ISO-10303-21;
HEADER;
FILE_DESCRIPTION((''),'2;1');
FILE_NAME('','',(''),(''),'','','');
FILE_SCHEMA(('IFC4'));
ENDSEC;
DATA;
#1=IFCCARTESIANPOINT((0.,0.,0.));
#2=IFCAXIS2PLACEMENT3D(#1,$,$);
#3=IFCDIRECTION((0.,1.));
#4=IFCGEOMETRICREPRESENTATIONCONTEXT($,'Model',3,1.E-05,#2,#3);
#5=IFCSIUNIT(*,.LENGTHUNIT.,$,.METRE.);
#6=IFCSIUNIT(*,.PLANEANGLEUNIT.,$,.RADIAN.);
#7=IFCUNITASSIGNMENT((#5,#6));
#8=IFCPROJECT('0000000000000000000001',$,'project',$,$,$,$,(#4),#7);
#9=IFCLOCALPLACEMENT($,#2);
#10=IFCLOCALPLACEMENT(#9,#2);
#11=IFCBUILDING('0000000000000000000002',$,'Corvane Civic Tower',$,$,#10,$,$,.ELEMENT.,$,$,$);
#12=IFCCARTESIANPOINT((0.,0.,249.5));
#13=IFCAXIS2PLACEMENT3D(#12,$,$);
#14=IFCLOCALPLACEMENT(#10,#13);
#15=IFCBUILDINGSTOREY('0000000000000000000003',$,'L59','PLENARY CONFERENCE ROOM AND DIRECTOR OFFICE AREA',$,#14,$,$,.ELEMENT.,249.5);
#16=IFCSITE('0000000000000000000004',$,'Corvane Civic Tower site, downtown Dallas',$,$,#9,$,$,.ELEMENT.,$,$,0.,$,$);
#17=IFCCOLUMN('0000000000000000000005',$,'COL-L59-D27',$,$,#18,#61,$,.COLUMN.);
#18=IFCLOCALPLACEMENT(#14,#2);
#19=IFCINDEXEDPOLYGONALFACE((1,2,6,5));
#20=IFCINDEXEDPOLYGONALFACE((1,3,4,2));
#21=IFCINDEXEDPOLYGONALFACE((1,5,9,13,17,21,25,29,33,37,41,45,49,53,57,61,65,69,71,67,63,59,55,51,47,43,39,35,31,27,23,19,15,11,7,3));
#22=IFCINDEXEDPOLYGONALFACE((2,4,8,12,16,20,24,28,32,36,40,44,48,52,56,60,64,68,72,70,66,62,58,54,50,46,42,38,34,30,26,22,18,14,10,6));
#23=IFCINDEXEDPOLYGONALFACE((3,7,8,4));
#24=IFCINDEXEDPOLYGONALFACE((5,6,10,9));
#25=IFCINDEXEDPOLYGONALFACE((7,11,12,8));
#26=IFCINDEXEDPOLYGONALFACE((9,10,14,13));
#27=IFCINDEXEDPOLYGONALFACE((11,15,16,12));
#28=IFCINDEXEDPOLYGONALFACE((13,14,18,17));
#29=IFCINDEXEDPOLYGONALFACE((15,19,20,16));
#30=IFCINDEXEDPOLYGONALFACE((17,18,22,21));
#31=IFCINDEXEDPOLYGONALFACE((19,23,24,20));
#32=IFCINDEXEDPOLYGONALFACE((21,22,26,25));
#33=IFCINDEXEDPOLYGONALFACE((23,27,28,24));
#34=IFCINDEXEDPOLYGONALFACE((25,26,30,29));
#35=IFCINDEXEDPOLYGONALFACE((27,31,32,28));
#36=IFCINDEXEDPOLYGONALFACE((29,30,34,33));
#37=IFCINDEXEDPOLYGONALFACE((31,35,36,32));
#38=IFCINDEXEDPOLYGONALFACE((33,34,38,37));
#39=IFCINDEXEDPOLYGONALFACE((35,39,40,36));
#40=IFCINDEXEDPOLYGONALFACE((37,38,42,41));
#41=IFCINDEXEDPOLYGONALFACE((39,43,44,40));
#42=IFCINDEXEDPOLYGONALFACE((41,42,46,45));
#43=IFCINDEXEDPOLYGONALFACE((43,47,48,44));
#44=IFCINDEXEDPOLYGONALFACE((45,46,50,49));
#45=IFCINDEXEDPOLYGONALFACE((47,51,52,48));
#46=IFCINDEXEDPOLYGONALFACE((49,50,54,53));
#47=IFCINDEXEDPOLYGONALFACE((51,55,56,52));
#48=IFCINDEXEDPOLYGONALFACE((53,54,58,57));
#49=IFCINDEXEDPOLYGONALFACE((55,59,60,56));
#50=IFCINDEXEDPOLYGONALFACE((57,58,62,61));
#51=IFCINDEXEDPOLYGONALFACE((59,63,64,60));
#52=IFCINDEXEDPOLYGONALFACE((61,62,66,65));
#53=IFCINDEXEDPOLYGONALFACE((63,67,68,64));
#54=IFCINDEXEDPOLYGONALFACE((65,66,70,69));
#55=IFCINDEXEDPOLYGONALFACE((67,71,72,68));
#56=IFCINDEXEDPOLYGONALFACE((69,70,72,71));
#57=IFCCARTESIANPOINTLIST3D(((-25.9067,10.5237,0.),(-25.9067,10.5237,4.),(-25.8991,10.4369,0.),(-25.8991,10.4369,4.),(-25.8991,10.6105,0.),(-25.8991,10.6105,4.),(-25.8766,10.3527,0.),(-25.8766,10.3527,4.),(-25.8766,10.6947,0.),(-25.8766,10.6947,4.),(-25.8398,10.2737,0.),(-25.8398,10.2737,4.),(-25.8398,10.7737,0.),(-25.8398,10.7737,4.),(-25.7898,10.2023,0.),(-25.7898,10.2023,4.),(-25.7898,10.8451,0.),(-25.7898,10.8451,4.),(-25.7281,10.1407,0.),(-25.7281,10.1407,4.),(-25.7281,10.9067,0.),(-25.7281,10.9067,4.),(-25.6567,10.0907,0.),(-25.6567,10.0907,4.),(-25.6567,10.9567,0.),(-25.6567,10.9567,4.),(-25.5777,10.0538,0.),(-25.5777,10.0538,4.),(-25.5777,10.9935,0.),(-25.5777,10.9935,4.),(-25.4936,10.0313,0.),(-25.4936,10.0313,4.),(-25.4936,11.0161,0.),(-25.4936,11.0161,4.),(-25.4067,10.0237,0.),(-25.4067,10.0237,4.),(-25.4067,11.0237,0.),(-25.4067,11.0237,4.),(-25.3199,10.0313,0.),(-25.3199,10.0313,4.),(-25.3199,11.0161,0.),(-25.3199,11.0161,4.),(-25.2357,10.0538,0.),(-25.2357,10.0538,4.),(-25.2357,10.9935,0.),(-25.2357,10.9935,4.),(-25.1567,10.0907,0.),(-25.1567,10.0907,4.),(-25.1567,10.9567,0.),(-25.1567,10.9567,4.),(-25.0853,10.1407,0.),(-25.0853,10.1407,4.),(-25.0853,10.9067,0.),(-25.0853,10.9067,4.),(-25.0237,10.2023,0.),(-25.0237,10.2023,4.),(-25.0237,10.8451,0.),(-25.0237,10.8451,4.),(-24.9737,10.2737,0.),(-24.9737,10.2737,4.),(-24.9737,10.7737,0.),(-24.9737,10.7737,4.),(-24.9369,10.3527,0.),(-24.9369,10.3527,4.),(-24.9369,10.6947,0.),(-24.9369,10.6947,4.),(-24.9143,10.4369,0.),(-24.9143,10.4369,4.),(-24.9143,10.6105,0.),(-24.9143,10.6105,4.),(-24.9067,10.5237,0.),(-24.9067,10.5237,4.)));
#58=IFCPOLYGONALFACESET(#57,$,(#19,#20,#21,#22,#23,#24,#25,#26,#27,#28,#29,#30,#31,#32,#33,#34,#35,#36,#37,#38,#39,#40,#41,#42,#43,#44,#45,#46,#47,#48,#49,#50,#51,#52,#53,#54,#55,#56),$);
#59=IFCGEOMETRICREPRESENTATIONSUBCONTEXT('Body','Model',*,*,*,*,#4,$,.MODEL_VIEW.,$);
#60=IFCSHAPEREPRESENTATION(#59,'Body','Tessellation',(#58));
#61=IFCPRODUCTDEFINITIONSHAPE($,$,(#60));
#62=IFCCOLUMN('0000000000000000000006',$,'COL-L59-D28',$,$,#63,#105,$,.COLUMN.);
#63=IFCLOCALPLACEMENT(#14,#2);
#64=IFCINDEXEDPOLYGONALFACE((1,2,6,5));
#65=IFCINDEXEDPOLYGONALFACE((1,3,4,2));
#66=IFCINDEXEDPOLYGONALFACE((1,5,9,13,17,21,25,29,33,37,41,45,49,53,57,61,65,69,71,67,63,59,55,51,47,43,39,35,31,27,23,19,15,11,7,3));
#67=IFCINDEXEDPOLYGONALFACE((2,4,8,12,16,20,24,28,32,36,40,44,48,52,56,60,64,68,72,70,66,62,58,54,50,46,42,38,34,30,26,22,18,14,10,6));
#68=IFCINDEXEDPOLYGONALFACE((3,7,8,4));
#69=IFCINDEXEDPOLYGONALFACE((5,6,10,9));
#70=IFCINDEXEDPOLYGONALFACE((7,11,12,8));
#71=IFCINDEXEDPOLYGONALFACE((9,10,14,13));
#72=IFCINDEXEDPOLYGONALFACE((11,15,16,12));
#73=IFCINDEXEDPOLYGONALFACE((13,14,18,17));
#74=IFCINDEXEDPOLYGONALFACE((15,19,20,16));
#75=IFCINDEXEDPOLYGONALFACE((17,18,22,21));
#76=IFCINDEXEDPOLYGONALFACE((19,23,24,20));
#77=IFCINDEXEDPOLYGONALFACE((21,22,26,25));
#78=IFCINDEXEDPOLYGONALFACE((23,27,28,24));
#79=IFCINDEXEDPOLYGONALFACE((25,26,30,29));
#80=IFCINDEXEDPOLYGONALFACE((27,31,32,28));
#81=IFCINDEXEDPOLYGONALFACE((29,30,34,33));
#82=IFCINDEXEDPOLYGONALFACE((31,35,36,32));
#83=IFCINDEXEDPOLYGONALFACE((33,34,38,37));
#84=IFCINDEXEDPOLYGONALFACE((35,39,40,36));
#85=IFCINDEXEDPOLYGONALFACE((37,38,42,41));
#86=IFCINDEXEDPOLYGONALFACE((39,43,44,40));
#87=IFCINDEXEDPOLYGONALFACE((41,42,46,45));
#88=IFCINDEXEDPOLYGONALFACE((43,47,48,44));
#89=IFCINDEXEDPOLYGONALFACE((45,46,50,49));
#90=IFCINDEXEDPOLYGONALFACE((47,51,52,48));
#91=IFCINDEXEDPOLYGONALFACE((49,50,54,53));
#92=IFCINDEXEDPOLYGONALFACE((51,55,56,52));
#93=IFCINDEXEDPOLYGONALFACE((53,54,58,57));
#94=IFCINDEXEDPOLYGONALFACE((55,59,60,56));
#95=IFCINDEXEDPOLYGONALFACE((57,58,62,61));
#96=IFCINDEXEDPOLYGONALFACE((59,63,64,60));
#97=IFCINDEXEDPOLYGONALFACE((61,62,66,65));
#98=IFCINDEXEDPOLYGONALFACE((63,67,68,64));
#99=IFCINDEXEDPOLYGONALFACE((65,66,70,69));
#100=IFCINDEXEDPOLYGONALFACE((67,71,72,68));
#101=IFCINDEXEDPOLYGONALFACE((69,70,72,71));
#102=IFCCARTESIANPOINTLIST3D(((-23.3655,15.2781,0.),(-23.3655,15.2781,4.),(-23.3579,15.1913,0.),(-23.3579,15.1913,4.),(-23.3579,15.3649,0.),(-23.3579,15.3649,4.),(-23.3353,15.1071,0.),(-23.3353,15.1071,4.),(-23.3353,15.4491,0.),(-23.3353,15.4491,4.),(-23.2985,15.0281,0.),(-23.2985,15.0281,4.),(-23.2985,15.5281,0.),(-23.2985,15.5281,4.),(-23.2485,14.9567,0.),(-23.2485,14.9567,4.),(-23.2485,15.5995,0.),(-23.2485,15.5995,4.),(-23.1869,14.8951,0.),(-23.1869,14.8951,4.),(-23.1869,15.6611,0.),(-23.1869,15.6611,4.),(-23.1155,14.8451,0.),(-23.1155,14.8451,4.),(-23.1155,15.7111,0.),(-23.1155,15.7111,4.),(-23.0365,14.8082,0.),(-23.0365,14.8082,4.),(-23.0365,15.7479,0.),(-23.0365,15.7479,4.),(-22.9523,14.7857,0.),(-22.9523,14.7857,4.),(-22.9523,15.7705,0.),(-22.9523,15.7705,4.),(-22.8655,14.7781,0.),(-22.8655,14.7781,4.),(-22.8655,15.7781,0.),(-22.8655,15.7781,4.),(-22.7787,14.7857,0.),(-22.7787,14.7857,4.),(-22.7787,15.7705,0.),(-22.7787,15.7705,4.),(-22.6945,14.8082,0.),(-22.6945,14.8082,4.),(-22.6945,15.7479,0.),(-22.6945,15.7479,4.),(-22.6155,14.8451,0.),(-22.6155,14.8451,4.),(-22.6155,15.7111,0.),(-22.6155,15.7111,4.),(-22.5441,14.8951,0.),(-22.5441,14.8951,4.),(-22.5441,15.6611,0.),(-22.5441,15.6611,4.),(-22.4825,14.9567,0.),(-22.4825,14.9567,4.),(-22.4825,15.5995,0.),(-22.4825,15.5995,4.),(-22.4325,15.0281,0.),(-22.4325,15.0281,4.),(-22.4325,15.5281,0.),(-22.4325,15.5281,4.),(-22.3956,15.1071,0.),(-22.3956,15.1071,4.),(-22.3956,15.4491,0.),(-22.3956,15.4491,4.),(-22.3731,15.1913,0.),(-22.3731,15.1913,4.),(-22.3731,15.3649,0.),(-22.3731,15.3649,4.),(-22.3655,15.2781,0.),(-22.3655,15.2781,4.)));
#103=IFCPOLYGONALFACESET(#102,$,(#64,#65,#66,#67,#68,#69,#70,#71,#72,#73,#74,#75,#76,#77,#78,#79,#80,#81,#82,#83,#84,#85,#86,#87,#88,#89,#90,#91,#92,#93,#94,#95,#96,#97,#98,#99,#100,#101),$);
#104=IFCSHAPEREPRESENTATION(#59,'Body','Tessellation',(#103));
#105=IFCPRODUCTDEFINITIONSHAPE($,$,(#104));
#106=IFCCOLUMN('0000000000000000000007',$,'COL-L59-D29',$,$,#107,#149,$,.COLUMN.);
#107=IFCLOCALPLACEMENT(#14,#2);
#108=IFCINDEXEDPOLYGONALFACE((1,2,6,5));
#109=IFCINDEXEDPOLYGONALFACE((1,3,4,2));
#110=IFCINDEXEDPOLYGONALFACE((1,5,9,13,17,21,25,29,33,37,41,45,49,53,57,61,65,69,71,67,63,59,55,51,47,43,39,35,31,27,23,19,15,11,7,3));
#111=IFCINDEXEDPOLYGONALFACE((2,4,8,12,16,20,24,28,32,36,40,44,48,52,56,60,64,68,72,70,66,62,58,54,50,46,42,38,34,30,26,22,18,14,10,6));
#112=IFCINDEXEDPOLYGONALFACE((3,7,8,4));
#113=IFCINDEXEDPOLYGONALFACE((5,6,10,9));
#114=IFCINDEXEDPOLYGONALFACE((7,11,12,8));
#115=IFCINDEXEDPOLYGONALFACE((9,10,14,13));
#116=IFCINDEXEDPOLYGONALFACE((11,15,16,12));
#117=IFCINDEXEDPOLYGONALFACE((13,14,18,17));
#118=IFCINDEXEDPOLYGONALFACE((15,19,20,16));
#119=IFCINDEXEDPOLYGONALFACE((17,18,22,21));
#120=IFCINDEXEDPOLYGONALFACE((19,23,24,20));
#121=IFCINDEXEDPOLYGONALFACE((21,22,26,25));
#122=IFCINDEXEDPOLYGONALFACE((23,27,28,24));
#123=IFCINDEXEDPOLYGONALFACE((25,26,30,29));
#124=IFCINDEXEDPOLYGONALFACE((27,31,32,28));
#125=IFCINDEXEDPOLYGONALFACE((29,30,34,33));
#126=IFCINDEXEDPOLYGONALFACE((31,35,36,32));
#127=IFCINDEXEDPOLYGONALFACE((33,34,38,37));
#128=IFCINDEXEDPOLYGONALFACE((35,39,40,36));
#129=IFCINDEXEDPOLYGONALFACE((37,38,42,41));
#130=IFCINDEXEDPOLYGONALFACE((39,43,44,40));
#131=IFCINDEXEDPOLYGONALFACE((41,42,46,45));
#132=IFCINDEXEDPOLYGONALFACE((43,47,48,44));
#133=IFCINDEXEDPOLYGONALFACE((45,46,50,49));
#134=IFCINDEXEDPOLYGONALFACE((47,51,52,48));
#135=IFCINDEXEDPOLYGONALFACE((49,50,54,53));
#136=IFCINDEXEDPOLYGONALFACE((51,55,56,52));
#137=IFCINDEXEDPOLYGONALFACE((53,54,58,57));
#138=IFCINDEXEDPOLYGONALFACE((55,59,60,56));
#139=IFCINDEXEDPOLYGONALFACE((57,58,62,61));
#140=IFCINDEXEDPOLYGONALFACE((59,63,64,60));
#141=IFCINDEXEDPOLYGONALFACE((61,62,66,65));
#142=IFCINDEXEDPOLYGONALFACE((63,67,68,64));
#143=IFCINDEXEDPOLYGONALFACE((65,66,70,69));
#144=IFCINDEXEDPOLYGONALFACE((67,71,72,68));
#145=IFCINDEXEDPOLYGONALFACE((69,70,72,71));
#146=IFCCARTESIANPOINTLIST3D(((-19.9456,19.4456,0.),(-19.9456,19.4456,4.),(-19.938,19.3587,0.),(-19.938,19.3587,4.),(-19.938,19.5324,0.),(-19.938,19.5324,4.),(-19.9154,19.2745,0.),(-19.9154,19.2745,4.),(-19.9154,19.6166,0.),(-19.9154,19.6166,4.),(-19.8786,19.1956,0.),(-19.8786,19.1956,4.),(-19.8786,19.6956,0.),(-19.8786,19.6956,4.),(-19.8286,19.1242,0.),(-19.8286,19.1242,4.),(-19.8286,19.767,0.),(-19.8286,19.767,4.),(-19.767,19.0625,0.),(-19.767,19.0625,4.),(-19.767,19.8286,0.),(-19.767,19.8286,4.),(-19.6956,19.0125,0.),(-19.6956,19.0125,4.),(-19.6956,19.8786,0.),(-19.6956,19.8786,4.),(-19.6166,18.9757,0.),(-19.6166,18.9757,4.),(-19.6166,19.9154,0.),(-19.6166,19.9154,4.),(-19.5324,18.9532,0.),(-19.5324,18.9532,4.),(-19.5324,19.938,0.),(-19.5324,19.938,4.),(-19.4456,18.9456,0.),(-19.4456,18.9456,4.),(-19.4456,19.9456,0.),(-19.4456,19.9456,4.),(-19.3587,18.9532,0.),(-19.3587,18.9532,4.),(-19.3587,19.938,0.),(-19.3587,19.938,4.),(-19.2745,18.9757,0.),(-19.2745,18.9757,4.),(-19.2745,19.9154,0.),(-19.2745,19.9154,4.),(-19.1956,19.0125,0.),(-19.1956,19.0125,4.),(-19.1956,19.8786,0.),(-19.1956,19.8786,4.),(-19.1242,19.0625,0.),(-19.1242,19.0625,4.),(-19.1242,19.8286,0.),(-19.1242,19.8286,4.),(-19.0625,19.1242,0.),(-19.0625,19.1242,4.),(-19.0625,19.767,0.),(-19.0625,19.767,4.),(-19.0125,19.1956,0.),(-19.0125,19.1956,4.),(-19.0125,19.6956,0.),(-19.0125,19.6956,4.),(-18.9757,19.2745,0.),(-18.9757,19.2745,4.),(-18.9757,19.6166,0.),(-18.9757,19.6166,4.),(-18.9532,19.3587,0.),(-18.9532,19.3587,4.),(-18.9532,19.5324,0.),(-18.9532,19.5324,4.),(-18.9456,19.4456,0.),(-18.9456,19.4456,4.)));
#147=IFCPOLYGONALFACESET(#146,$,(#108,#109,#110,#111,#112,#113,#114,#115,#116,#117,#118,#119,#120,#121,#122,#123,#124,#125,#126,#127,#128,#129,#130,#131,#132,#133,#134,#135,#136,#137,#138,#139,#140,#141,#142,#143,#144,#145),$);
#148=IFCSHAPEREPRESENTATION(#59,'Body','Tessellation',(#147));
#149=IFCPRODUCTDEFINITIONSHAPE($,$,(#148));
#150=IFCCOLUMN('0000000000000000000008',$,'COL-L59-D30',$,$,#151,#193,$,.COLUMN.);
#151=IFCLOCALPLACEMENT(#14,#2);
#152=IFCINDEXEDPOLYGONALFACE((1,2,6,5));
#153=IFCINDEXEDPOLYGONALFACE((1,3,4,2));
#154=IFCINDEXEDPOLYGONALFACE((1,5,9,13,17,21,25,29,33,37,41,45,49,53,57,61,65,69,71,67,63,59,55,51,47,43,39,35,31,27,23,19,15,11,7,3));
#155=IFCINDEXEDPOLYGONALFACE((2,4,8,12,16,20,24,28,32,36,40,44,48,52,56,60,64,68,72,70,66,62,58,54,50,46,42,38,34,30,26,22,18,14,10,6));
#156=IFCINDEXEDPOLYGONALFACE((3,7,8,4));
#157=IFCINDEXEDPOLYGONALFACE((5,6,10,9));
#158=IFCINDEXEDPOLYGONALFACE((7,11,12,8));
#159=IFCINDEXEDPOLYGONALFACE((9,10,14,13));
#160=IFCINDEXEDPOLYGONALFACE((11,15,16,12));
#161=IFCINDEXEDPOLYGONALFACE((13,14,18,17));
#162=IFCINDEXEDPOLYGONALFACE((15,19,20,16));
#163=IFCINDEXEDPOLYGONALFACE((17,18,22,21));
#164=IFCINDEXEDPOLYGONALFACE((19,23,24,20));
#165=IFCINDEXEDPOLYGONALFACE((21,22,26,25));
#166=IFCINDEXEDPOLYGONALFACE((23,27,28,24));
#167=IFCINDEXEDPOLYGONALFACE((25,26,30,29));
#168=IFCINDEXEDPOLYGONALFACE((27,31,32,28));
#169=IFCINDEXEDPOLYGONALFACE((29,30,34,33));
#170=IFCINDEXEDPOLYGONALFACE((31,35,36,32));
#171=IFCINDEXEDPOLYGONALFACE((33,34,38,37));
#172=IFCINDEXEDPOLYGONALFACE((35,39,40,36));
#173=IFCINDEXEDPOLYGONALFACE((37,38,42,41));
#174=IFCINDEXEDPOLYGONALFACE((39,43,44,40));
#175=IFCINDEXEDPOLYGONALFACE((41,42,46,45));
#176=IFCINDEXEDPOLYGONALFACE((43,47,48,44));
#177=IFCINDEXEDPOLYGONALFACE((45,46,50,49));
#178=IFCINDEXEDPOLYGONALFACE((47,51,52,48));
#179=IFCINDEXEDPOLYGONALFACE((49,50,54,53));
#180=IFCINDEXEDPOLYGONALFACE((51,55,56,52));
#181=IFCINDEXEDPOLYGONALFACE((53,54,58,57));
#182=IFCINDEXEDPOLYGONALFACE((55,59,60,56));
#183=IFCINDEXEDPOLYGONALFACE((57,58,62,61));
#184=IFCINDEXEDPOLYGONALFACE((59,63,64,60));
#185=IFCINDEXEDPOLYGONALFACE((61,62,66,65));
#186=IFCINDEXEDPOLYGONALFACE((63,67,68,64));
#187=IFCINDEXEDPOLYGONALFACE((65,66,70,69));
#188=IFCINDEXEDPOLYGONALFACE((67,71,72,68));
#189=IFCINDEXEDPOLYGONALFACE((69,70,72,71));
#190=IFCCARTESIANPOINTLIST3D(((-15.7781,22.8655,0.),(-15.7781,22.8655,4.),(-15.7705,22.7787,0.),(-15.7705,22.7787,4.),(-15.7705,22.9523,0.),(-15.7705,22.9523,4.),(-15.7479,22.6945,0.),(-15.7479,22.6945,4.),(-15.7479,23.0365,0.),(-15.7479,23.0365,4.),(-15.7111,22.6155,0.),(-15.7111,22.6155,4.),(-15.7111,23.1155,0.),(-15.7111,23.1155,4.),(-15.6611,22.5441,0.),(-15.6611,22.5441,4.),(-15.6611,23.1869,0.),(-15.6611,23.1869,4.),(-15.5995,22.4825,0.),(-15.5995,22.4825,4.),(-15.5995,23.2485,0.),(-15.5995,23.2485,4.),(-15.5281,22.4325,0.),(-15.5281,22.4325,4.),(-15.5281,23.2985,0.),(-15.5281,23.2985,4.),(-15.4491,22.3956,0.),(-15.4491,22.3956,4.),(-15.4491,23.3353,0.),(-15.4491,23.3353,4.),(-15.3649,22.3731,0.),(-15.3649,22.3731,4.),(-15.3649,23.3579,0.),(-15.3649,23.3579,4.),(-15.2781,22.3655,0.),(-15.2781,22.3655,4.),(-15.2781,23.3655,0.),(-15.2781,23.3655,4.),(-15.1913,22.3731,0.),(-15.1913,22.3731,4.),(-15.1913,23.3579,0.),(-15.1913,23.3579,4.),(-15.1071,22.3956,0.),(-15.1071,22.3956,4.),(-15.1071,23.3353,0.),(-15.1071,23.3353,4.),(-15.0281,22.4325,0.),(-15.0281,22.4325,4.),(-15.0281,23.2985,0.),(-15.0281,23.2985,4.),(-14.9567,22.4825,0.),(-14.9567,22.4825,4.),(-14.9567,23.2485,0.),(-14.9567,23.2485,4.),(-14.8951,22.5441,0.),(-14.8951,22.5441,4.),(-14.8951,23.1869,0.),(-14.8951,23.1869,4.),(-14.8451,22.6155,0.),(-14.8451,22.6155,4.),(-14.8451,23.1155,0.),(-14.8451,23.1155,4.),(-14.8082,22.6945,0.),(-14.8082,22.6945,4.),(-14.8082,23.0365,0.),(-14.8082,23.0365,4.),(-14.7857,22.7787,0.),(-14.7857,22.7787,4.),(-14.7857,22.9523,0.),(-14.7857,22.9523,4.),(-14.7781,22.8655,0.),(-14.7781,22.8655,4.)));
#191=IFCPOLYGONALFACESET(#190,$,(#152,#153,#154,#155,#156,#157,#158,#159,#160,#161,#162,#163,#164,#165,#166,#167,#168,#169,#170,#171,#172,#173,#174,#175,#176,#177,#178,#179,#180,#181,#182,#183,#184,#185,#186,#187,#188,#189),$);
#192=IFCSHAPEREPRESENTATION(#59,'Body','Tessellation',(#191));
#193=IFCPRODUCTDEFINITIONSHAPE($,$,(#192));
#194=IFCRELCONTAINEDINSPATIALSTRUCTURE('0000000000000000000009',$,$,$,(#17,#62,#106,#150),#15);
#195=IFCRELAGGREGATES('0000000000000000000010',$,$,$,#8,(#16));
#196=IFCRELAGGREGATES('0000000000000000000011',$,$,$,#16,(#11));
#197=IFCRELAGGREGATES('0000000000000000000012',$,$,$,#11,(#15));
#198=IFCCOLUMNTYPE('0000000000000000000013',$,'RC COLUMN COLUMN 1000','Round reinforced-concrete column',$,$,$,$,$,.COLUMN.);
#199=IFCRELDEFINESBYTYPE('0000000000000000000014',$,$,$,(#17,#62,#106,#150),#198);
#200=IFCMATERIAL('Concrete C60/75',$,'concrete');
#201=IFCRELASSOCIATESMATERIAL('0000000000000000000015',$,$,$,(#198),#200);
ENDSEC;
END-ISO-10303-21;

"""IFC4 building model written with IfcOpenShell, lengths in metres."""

from ifc_helpers import new_model, si_unit, direction, frame, origin, origin_2d, place, context, subcontext, project, spatial, circle, extrude, material, material_profile, profile_set, type_object, element, save


model = new_model("IFC4")

# Units and contexts
model_context = context("Model", 3, precision=1e-05, world=origin(), true_north=direction((0.0, 1.0)))
body_context = subcontext(model_context, "Body", "Model", "MODEL_VIEW")
ifc_project = project(units=[si_unit("LENGTHUNIT", "METRE"), si_unit("PLANEANGLEUNIT", "RADIAN")], contexts=[model_context])

# Site, building, storey
site_placement = place(None, origin())
site = spatial("IfcSite", under=ifc_project, at=site_placement, Name="Corvane Civic Tower site, downtown Dallas", CompositionType="ELEMENT", RefElevation=0.0)
building_placement = place(site_placement, origin())
building = spatial("IfcBuilding", under=site, at=building_placement, Name="Corvane Civic Tower", CompositionType="ELEMENT")
storey_placement = place(building_placement, frame((0.0, 0.0, 249.5)))
storey = spatial("IfcBuildingStorey", under=building, at=storey_placement, Name="L59", Description="PLENARY CONFERENCE ROOM AND DIRECTOR OFFICE AREA", CompositionType="ELEMENT", Elevation=249.5)

# Columns
ifc_material_1 = material(Name="Concrete C60/75", Category="concrete")
ifc_material_profile_1 = material_profile(ifc_material_1, circle(Radius=0.5, at=origin_2d()), Name="COLUMN 1000")
ifc_profile_set_1 = profile_set([ifc_material_profile_1], Name="Concrete C60/75")
column_type = type_object("IfcColumnType", Name="RC COLUMN COLUMN 1000", Description="Round reinforced-concrete column", PredefinedType="COLUMN", material=ifc_profile_set_1)
for number, where, z_axis, x_axis, name in (
    (1, (-25.4067, 10.5237, 0.0), (0.0, 0.0, 1.0), (1.0, 0.0, 0.0), "COL-L59-D27"),
    (2, (-22.8655, 15.2781, 0.0), (0.0, 0.0, 1.0), (1.0, 0.0, 0.0), "COL-L59-D28"),
    (3, (-19.4456, 19.4456, 0.0), (0.0, 0.0, 1.0), (1.0, 0.0, 0.0), "COL-L59-D29"),
    (4, (-15.2781, 22.8655, 0.0), (0.0, 0.0, 1.0), (1.0, 0.0, 0.0), "COL-L59-D30"),
):
    element("IfcColumn", number, at=place(storey_placement, frame(where, z_axis=z_axis, x_axis=x_axis)), inside=storey, type_object=column_type, Name=name, PredefinedType="COLUMN", context=body_context, shape_type="SweptSolid", body=[
        extrude(circle(Radius=0.5, at=origin_2d()), origin(), (0.0, 0.0, 1.0), 4.0),
    ])

save(model, "model.ifc")
